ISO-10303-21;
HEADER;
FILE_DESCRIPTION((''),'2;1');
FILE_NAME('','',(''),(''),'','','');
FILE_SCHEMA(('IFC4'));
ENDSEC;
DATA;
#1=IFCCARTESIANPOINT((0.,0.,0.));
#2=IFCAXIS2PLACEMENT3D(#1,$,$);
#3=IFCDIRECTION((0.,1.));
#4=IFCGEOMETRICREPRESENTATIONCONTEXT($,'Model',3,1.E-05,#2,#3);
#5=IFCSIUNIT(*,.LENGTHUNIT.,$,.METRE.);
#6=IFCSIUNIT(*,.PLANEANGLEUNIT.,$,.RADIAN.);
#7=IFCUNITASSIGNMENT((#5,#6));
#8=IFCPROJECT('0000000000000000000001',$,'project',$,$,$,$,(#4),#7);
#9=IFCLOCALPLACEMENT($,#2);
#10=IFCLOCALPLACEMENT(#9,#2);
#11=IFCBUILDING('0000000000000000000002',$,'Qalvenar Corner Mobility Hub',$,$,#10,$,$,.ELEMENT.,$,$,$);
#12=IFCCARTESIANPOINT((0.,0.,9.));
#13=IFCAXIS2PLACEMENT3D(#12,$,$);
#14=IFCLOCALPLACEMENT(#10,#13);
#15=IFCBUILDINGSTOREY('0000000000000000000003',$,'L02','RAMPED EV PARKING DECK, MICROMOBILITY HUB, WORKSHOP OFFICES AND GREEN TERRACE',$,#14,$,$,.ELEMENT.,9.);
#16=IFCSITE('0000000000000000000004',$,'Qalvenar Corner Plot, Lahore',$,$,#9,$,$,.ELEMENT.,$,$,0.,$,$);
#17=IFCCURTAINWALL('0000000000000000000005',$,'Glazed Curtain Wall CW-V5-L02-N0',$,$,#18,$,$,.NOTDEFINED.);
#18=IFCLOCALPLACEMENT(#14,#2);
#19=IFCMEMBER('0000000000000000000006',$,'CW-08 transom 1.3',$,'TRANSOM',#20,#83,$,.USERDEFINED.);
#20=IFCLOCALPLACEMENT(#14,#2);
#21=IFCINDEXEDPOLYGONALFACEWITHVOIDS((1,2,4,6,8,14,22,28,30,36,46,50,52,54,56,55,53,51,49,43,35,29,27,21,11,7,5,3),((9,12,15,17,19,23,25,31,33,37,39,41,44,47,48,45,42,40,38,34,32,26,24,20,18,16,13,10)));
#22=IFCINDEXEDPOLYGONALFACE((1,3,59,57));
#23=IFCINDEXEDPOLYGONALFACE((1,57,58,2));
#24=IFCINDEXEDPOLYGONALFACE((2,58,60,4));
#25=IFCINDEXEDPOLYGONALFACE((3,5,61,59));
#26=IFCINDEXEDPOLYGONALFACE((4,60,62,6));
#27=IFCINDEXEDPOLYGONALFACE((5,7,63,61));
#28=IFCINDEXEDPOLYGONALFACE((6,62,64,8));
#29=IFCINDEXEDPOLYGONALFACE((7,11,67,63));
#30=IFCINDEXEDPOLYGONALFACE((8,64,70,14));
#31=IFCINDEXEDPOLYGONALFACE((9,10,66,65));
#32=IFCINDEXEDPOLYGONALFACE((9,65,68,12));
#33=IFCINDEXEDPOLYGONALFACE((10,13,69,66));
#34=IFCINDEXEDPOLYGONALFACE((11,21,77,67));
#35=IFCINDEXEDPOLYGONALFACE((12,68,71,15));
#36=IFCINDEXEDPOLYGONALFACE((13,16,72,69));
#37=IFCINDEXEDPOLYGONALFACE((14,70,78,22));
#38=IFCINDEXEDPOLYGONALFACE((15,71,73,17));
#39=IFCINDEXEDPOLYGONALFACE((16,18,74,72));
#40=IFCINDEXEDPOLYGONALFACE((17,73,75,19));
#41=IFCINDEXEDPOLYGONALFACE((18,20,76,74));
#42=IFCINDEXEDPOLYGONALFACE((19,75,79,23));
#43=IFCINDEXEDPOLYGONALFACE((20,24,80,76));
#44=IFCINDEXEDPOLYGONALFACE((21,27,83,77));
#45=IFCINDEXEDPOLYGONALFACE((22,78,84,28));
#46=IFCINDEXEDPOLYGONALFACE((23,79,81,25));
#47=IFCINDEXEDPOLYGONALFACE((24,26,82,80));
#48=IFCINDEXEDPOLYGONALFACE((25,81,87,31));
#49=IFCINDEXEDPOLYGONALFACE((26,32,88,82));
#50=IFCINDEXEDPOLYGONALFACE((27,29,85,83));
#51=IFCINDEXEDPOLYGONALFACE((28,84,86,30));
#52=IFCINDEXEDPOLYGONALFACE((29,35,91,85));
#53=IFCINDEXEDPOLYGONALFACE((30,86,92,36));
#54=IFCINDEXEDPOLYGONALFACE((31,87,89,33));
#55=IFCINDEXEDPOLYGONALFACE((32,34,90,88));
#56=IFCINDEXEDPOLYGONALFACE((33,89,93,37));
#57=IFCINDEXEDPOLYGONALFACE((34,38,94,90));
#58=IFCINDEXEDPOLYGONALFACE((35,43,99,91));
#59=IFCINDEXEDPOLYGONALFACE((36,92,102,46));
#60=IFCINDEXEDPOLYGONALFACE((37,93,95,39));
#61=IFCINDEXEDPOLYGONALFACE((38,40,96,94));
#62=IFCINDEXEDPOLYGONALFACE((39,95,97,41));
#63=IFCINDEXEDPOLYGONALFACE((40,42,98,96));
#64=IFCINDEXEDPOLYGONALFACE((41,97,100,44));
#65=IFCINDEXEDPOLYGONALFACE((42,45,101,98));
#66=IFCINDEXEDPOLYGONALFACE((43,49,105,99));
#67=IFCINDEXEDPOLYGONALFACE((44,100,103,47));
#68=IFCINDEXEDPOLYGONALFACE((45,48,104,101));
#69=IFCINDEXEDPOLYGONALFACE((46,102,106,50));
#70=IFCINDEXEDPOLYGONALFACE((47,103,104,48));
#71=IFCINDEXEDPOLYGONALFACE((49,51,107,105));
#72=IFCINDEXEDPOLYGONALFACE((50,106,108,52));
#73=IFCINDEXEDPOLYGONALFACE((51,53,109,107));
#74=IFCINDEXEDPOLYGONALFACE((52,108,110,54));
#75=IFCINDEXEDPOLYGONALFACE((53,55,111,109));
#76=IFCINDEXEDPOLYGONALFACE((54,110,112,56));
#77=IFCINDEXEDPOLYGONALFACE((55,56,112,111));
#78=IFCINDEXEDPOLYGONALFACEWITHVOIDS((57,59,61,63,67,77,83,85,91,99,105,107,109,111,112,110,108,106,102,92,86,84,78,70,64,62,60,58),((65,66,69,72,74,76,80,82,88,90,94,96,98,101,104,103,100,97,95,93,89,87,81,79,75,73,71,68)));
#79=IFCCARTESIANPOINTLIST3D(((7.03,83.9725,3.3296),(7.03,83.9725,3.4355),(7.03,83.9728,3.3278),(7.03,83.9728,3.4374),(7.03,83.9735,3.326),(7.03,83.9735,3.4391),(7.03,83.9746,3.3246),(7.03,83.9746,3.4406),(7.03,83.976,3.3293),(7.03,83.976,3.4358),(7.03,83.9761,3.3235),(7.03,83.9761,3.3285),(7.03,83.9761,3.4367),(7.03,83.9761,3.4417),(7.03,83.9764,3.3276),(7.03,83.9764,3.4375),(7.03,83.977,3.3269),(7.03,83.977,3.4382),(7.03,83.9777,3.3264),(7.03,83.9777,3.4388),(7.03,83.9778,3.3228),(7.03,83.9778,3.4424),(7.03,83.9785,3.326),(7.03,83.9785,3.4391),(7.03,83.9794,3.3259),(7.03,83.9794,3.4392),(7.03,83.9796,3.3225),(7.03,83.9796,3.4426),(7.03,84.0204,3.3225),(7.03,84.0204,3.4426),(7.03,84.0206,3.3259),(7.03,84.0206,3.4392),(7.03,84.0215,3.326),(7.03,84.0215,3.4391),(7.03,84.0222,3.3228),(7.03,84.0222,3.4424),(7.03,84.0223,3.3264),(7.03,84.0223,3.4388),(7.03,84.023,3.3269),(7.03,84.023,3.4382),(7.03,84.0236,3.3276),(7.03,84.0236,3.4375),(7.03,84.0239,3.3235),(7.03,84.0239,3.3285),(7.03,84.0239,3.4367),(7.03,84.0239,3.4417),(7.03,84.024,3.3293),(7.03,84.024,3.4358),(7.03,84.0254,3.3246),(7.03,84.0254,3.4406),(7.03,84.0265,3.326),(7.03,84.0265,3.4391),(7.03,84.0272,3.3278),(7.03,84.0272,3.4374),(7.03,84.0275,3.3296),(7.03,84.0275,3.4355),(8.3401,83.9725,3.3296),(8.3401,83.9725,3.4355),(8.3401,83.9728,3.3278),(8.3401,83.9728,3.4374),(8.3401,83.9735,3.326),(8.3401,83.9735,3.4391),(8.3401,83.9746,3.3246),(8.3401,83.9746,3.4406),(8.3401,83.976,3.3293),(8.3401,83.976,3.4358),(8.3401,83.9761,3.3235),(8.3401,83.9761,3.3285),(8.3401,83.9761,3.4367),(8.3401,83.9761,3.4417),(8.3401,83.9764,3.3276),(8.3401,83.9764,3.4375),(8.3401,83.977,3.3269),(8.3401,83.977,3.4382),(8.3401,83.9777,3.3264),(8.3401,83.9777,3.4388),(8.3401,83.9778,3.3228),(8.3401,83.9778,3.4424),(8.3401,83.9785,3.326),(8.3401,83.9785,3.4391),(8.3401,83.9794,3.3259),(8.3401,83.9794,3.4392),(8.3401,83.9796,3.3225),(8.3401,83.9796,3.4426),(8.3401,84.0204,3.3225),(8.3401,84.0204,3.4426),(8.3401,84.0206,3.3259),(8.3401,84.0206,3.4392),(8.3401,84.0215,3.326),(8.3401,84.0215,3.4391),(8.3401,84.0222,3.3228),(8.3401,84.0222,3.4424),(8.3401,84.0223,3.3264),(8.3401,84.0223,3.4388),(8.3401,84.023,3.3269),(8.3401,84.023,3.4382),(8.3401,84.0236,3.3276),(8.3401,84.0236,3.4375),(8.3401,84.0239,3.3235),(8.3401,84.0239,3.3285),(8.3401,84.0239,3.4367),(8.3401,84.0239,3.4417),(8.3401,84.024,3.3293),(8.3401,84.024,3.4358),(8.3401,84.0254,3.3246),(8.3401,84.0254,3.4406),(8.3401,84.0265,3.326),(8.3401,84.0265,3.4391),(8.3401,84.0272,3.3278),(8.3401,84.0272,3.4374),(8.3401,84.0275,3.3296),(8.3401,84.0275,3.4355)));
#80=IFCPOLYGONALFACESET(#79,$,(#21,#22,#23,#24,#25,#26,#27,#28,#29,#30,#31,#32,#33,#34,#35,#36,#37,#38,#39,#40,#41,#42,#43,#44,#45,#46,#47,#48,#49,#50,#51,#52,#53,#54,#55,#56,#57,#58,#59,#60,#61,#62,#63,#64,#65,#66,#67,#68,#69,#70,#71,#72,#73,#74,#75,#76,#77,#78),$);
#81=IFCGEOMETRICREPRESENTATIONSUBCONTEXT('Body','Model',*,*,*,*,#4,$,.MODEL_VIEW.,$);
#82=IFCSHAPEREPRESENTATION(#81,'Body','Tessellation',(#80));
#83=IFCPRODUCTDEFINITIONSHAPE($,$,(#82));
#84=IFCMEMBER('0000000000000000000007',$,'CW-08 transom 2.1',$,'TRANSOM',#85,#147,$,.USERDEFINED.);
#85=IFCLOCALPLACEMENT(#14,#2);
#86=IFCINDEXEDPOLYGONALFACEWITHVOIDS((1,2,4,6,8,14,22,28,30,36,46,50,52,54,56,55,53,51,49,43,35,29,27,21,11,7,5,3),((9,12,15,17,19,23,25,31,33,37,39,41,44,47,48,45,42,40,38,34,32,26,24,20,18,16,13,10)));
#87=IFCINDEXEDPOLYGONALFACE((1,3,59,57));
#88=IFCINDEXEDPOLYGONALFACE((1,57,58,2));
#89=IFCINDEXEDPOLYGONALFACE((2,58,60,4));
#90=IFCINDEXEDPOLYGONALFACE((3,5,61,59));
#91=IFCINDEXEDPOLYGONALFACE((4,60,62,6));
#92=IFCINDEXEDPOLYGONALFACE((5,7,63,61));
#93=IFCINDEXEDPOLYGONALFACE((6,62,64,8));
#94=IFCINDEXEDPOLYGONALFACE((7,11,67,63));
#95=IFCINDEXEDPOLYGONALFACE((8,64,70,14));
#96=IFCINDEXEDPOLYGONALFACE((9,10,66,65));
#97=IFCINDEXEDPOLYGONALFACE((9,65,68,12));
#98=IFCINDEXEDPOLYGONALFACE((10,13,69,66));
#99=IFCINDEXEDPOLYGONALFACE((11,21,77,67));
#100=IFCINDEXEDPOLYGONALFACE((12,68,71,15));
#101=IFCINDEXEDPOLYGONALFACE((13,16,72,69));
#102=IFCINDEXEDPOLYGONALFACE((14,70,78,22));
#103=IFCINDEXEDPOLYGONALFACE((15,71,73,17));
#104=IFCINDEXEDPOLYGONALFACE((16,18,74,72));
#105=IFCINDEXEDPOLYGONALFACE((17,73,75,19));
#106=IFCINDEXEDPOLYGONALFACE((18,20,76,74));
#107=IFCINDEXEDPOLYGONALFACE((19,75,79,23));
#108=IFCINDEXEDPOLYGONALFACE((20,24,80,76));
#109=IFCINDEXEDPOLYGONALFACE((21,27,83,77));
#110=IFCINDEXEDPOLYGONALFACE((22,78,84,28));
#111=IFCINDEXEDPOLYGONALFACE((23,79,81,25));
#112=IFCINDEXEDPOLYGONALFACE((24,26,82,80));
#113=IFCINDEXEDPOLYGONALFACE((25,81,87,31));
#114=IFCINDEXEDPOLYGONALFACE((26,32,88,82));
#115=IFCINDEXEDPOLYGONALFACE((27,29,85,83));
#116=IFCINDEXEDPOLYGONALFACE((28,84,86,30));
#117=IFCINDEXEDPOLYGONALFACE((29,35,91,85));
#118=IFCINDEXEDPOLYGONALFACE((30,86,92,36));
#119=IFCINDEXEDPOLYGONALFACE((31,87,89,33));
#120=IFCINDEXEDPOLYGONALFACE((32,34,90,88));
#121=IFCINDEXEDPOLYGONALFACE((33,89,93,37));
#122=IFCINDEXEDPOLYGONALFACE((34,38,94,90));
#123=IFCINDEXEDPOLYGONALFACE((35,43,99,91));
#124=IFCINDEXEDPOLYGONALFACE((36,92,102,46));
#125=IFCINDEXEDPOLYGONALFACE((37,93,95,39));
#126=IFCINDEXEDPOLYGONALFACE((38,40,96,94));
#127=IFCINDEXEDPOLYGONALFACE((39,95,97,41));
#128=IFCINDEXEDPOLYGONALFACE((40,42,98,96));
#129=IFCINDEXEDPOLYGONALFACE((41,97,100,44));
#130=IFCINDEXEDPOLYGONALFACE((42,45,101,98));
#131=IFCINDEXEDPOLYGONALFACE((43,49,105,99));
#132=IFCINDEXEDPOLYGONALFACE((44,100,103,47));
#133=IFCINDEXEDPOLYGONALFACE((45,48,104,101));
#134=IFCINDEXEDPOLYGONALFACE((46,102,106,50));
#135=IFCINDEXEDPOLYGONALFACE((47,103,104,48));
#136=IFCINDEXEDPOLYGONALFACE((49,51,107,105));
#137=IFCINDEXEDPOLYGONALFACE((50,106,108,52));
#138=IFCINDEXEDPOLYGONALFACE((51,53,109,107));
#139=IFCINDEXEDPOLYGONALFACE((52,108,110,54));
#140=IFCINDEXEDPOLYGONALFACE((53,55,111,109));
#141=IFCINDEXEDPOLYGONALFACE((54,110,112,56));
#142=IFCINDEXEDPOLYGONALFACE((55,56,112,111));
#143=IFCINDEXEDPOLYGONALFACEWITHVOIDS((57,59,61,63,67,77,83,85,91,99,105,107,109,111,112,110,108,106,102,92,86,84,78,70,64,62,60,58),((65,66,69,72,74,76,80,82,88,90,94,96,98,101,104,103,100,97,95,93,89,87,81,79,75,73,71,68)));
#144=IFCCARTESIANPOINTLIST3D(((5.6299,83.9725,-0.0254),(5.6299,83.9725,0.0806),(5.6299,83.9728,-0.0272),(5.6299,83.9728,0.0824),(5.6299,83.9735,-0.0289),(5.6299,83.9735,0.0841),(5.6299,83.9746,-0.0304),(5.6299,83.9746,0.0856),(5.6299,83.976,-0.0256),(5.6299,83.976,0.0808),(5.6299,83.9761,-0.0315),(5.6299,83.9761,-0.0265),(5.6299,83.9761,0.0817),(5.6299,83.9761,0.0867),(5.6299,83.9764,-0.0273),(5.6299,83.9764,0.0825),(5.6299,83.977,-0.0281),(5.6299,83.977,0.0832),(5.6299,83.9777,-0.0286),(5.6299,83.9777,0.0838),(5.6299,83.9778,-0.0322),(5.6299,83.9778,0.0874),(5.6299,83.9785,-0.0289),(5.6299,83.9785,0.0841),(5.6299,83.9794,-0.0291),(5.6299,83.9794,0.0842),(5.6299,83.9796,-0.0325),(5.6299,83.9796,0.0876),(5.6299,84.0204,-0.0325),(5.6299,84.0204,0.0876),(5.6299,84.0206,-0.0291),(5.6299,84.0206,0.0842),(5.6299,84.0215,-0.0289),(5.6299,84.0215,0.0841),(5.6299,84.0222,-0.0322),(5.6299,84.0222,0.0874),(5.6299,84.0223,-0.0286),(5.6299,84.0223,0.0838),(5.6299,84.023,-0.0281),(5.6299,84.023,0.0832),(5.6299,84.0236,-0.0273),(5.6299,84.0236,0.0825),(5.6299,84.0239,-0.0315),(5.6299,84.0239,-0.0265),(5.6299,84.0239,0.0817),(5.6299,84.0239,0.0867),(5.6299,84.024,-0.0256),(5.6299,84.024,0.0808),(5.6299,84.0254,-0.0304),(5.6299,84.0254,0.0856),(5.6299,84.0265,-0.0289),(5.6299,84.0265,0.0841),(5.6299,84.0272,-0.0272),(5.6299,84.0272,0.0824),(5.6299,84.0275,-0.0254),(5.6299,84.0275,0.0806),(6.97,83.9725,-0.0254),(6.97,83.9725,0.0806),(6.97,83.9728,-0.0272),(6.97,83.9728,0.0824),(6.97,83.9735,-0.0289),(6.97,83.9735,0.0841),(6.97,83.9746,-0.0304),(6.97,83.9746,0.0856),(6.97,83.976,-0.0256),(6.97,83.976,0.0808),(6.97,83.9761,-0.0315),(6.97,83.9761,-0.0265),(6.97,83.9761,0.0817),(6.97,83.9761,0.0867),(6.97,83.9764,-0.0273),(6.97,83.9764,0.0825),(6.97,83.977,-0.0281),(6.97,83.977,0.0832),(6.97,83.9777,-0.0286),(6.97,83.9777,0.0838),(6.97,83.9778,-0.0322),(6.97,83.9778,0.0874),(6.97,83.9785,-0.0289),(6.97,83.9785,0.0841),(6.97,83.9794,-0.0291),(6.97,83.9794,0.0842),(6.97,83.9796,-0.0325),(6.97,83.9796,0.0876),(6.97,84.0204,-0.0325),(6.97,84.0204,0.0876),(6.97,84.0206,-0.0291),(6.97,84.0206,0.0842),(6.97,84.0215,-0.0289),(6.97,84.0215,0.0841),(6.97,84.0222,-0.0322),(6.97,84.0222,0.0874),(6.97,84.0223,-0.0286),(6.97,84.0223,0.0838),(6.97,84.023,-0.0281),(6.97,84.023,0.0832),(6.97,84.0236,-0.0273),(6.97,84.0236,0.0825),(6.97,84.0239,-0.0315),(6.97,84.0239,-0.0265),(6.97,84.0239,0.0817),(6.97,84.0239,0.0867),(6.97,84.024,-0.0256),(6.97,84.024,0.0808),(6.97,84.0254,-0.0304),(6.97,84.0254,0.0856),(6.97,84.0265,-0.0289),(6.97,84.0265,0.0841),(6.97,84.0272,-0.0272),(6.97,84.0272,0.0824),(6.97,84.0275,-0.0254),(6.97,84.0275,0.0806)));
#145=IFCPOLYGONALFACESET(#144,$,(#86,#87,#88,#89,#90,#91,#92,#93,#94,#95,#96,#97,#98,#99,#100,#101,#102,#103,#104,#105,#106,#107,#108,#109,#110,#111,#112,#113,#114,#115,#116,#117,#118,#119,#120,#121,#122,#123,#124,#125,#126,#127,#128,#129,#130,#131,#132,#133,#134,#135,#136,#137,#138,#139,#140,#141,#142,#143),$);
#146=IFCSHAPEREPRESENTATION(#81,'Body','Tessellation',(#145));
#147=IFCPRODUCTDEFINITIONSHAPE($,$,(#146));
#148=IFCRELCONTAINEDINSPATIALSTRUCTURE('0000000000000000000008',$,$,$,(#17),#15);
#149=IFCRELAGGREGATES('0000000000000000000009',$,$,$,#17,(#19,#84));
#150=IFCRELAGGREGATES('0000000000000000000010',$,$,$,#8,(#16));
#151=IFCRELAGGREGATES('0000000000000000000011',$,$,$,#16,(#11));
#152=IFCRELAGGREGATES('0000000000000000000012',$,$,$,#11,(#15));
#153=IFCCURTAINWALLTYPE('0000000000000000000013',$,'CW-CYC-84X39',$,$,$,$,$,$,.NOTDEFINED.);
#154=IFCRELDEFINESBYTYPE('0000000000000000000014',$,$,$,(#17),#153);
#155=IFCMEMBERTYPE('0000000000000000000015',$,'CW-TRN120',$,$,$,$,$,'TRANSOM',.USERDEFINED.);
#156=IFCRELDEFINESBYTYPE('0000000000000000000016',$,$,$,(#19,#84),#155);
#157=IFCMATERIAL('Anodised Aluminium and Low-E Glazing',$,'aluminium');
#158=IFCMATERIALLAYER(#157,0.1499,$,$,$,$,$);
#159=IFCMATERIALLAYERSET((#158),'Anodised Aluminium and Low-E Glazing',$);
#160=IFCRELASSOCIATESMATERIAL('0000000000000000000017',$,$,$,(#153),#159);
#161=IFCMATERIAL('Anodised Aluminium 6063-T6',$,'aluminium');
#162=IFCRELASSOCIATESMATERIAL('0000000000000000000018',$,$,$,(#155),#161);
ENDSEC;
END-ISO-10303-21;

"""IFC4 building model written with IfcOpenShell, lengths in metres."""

from ifc_helpers import new_model, si_unit, direction, frame, origin, origin_2d, place, context, subcontext, project, spatial, hollow_rectangle, extrude, material, layer, layer_set, material_profile, profile_set, type_object, element, aggregate, save


model = new_model("IFC4")

# Units and contexts
model_context = context("Model", 3, precision=1e-05, world=origin(), true_north=direction((0.0, 1.0)))
body_context = subcontext(model_context, "Body", "Model", "MODEL_VIEW")
ifc_project = project(units=[si_unit("LENGTHUNIT", "METRE"), si_unit("PLANEANGLEUNIT", "RADIAN")], contexts=[model_context])

# Site, building, storey
site_placement = place(None, origin())
site = spatial("IfcSite", under=ifc_project, at=site_placement, Name="Qalvenar Corner Plot, Lahore", CompositionType="ELEMENT", RefElevation=0.0)
building_placement = place(site_placement, origin())
building = spatial("IfcBuilding", under=site, at=building_placement, Name="Qalvenar Corner Mobility Hub", CompositionType="ELEMENT")
storey_placement = place(building_placement, frame((0.0, 0.0, 9.0)))
storey = spatial("IfcBuildingStorey", under=building, at=storey_placement, Name="L02", Description="RAMPED EV PARKING DECK, MICROMOBILITY HUB, WORKSHOP OFFICES AND GREEN TERRACE", CompositionType="ELEMENT", Elevation=9.0)

# Curtain wall
ifc_material_1 = material(Name="Anodised Aluminium and Low-E Glazing", Category="aluminium")
ifc_layer_1 = layer(ifc_material_1, 0.1499)
ifc_layer_set_1 = layer_set([ifc_layer_1], Name="Anodised Aluminium and Low-E Glazing")
curtain_wall_type = type_object("IfcCurtainWallType", Name="CW-CYC-84X39", PredefinedType="NOTDEFINED", material=ifc_layer_set_1)
curtain_wall_1_placement = place(storey_placement, origin())
curtain_wall_1 = element("IfcCurtainWall", 1, at=curtain_wall_1_placement, inside=storey, type_object=curtain_wall_type, Name="Glazed Curtain Wall CW-V5-L02-N0", PredefinedType="NOTDEFINED")
ifc_material_2 = material(Name="Anodised Aluminium 6063-T6", Category="aluminium")

# Members
ifc_material_profile_1 = material_profile(ifc_material_2, hollow_rectangle(XDim=0.0549, YDim=0.1201, WallThickness=0.0034, InnerFilletRadius=0.0034, OuterFilletRadius=0.0071, at=origin_2d()), Name="RHS120x55x3.5")
ifc_profile_set_1 = profile_set([ifc_material_profile_1], Name="Anodised Aluminium 6063-T6")
member_type_1 = type_object("IfcMemberType", Name="CW-TRN120", ElementType="TRANSOM", PredefinedType="USERDEFINED", material=ifc_profile_set_1)
member_1_placement = place(storey_placement, frame((8.3401, 84.0, 3.3826), z_axis=(-1.0, 0.0, 0.0), x_axis=(0.0, -1.0, 0.0)))
member_1 = element("IfcMember", 2, at=member_1_placement, type_object=member_type_1, Name="CW-08 transom 1.3", ObjectType="TRANSOM", PredefinedType="USERDEFINED", context=body_context, shape_type="SweptSolid", body=[
    extrude(hollow_rectangle(XDim=0.0549, YDim=0.1201, WallThickness=0.0034, InnerFilletRadius=0.0034, OuterFilletRadius=0.0071, at=origin_2d()), origin(), (0.0, 0.0, 1.0), 1.3101),
])
member_2_placement = place(storey_placement, frame((6.97, 84.0, 0.0276), z_axis=(-1.0, 0.0, 0.0), x_axis=(0.0, -1.0, 0.0)))
member_2 = element("IfcMember", 3, at=member_2_placement, type_object=member_type_1, Name="CW-08 transom 2.1", ObjectType="TRANSOM", PredefinedType="USERDEFINED", context=body_context, shape_type="SweptSolid", body=[
    extrude(hollow_rectangle(XDim=0.0549, YDim=0.1201, WallThickness=0.0034, InnerFilletRadius=0.0034, OuterFilletRadius=0.0071, at=origin_2d()), origin(), (0.0, 0.0, 1.0), 1.3401),
])

aggregate(curtain_wall_1, [member_1, member_2])

save(model, "model.ifc")
